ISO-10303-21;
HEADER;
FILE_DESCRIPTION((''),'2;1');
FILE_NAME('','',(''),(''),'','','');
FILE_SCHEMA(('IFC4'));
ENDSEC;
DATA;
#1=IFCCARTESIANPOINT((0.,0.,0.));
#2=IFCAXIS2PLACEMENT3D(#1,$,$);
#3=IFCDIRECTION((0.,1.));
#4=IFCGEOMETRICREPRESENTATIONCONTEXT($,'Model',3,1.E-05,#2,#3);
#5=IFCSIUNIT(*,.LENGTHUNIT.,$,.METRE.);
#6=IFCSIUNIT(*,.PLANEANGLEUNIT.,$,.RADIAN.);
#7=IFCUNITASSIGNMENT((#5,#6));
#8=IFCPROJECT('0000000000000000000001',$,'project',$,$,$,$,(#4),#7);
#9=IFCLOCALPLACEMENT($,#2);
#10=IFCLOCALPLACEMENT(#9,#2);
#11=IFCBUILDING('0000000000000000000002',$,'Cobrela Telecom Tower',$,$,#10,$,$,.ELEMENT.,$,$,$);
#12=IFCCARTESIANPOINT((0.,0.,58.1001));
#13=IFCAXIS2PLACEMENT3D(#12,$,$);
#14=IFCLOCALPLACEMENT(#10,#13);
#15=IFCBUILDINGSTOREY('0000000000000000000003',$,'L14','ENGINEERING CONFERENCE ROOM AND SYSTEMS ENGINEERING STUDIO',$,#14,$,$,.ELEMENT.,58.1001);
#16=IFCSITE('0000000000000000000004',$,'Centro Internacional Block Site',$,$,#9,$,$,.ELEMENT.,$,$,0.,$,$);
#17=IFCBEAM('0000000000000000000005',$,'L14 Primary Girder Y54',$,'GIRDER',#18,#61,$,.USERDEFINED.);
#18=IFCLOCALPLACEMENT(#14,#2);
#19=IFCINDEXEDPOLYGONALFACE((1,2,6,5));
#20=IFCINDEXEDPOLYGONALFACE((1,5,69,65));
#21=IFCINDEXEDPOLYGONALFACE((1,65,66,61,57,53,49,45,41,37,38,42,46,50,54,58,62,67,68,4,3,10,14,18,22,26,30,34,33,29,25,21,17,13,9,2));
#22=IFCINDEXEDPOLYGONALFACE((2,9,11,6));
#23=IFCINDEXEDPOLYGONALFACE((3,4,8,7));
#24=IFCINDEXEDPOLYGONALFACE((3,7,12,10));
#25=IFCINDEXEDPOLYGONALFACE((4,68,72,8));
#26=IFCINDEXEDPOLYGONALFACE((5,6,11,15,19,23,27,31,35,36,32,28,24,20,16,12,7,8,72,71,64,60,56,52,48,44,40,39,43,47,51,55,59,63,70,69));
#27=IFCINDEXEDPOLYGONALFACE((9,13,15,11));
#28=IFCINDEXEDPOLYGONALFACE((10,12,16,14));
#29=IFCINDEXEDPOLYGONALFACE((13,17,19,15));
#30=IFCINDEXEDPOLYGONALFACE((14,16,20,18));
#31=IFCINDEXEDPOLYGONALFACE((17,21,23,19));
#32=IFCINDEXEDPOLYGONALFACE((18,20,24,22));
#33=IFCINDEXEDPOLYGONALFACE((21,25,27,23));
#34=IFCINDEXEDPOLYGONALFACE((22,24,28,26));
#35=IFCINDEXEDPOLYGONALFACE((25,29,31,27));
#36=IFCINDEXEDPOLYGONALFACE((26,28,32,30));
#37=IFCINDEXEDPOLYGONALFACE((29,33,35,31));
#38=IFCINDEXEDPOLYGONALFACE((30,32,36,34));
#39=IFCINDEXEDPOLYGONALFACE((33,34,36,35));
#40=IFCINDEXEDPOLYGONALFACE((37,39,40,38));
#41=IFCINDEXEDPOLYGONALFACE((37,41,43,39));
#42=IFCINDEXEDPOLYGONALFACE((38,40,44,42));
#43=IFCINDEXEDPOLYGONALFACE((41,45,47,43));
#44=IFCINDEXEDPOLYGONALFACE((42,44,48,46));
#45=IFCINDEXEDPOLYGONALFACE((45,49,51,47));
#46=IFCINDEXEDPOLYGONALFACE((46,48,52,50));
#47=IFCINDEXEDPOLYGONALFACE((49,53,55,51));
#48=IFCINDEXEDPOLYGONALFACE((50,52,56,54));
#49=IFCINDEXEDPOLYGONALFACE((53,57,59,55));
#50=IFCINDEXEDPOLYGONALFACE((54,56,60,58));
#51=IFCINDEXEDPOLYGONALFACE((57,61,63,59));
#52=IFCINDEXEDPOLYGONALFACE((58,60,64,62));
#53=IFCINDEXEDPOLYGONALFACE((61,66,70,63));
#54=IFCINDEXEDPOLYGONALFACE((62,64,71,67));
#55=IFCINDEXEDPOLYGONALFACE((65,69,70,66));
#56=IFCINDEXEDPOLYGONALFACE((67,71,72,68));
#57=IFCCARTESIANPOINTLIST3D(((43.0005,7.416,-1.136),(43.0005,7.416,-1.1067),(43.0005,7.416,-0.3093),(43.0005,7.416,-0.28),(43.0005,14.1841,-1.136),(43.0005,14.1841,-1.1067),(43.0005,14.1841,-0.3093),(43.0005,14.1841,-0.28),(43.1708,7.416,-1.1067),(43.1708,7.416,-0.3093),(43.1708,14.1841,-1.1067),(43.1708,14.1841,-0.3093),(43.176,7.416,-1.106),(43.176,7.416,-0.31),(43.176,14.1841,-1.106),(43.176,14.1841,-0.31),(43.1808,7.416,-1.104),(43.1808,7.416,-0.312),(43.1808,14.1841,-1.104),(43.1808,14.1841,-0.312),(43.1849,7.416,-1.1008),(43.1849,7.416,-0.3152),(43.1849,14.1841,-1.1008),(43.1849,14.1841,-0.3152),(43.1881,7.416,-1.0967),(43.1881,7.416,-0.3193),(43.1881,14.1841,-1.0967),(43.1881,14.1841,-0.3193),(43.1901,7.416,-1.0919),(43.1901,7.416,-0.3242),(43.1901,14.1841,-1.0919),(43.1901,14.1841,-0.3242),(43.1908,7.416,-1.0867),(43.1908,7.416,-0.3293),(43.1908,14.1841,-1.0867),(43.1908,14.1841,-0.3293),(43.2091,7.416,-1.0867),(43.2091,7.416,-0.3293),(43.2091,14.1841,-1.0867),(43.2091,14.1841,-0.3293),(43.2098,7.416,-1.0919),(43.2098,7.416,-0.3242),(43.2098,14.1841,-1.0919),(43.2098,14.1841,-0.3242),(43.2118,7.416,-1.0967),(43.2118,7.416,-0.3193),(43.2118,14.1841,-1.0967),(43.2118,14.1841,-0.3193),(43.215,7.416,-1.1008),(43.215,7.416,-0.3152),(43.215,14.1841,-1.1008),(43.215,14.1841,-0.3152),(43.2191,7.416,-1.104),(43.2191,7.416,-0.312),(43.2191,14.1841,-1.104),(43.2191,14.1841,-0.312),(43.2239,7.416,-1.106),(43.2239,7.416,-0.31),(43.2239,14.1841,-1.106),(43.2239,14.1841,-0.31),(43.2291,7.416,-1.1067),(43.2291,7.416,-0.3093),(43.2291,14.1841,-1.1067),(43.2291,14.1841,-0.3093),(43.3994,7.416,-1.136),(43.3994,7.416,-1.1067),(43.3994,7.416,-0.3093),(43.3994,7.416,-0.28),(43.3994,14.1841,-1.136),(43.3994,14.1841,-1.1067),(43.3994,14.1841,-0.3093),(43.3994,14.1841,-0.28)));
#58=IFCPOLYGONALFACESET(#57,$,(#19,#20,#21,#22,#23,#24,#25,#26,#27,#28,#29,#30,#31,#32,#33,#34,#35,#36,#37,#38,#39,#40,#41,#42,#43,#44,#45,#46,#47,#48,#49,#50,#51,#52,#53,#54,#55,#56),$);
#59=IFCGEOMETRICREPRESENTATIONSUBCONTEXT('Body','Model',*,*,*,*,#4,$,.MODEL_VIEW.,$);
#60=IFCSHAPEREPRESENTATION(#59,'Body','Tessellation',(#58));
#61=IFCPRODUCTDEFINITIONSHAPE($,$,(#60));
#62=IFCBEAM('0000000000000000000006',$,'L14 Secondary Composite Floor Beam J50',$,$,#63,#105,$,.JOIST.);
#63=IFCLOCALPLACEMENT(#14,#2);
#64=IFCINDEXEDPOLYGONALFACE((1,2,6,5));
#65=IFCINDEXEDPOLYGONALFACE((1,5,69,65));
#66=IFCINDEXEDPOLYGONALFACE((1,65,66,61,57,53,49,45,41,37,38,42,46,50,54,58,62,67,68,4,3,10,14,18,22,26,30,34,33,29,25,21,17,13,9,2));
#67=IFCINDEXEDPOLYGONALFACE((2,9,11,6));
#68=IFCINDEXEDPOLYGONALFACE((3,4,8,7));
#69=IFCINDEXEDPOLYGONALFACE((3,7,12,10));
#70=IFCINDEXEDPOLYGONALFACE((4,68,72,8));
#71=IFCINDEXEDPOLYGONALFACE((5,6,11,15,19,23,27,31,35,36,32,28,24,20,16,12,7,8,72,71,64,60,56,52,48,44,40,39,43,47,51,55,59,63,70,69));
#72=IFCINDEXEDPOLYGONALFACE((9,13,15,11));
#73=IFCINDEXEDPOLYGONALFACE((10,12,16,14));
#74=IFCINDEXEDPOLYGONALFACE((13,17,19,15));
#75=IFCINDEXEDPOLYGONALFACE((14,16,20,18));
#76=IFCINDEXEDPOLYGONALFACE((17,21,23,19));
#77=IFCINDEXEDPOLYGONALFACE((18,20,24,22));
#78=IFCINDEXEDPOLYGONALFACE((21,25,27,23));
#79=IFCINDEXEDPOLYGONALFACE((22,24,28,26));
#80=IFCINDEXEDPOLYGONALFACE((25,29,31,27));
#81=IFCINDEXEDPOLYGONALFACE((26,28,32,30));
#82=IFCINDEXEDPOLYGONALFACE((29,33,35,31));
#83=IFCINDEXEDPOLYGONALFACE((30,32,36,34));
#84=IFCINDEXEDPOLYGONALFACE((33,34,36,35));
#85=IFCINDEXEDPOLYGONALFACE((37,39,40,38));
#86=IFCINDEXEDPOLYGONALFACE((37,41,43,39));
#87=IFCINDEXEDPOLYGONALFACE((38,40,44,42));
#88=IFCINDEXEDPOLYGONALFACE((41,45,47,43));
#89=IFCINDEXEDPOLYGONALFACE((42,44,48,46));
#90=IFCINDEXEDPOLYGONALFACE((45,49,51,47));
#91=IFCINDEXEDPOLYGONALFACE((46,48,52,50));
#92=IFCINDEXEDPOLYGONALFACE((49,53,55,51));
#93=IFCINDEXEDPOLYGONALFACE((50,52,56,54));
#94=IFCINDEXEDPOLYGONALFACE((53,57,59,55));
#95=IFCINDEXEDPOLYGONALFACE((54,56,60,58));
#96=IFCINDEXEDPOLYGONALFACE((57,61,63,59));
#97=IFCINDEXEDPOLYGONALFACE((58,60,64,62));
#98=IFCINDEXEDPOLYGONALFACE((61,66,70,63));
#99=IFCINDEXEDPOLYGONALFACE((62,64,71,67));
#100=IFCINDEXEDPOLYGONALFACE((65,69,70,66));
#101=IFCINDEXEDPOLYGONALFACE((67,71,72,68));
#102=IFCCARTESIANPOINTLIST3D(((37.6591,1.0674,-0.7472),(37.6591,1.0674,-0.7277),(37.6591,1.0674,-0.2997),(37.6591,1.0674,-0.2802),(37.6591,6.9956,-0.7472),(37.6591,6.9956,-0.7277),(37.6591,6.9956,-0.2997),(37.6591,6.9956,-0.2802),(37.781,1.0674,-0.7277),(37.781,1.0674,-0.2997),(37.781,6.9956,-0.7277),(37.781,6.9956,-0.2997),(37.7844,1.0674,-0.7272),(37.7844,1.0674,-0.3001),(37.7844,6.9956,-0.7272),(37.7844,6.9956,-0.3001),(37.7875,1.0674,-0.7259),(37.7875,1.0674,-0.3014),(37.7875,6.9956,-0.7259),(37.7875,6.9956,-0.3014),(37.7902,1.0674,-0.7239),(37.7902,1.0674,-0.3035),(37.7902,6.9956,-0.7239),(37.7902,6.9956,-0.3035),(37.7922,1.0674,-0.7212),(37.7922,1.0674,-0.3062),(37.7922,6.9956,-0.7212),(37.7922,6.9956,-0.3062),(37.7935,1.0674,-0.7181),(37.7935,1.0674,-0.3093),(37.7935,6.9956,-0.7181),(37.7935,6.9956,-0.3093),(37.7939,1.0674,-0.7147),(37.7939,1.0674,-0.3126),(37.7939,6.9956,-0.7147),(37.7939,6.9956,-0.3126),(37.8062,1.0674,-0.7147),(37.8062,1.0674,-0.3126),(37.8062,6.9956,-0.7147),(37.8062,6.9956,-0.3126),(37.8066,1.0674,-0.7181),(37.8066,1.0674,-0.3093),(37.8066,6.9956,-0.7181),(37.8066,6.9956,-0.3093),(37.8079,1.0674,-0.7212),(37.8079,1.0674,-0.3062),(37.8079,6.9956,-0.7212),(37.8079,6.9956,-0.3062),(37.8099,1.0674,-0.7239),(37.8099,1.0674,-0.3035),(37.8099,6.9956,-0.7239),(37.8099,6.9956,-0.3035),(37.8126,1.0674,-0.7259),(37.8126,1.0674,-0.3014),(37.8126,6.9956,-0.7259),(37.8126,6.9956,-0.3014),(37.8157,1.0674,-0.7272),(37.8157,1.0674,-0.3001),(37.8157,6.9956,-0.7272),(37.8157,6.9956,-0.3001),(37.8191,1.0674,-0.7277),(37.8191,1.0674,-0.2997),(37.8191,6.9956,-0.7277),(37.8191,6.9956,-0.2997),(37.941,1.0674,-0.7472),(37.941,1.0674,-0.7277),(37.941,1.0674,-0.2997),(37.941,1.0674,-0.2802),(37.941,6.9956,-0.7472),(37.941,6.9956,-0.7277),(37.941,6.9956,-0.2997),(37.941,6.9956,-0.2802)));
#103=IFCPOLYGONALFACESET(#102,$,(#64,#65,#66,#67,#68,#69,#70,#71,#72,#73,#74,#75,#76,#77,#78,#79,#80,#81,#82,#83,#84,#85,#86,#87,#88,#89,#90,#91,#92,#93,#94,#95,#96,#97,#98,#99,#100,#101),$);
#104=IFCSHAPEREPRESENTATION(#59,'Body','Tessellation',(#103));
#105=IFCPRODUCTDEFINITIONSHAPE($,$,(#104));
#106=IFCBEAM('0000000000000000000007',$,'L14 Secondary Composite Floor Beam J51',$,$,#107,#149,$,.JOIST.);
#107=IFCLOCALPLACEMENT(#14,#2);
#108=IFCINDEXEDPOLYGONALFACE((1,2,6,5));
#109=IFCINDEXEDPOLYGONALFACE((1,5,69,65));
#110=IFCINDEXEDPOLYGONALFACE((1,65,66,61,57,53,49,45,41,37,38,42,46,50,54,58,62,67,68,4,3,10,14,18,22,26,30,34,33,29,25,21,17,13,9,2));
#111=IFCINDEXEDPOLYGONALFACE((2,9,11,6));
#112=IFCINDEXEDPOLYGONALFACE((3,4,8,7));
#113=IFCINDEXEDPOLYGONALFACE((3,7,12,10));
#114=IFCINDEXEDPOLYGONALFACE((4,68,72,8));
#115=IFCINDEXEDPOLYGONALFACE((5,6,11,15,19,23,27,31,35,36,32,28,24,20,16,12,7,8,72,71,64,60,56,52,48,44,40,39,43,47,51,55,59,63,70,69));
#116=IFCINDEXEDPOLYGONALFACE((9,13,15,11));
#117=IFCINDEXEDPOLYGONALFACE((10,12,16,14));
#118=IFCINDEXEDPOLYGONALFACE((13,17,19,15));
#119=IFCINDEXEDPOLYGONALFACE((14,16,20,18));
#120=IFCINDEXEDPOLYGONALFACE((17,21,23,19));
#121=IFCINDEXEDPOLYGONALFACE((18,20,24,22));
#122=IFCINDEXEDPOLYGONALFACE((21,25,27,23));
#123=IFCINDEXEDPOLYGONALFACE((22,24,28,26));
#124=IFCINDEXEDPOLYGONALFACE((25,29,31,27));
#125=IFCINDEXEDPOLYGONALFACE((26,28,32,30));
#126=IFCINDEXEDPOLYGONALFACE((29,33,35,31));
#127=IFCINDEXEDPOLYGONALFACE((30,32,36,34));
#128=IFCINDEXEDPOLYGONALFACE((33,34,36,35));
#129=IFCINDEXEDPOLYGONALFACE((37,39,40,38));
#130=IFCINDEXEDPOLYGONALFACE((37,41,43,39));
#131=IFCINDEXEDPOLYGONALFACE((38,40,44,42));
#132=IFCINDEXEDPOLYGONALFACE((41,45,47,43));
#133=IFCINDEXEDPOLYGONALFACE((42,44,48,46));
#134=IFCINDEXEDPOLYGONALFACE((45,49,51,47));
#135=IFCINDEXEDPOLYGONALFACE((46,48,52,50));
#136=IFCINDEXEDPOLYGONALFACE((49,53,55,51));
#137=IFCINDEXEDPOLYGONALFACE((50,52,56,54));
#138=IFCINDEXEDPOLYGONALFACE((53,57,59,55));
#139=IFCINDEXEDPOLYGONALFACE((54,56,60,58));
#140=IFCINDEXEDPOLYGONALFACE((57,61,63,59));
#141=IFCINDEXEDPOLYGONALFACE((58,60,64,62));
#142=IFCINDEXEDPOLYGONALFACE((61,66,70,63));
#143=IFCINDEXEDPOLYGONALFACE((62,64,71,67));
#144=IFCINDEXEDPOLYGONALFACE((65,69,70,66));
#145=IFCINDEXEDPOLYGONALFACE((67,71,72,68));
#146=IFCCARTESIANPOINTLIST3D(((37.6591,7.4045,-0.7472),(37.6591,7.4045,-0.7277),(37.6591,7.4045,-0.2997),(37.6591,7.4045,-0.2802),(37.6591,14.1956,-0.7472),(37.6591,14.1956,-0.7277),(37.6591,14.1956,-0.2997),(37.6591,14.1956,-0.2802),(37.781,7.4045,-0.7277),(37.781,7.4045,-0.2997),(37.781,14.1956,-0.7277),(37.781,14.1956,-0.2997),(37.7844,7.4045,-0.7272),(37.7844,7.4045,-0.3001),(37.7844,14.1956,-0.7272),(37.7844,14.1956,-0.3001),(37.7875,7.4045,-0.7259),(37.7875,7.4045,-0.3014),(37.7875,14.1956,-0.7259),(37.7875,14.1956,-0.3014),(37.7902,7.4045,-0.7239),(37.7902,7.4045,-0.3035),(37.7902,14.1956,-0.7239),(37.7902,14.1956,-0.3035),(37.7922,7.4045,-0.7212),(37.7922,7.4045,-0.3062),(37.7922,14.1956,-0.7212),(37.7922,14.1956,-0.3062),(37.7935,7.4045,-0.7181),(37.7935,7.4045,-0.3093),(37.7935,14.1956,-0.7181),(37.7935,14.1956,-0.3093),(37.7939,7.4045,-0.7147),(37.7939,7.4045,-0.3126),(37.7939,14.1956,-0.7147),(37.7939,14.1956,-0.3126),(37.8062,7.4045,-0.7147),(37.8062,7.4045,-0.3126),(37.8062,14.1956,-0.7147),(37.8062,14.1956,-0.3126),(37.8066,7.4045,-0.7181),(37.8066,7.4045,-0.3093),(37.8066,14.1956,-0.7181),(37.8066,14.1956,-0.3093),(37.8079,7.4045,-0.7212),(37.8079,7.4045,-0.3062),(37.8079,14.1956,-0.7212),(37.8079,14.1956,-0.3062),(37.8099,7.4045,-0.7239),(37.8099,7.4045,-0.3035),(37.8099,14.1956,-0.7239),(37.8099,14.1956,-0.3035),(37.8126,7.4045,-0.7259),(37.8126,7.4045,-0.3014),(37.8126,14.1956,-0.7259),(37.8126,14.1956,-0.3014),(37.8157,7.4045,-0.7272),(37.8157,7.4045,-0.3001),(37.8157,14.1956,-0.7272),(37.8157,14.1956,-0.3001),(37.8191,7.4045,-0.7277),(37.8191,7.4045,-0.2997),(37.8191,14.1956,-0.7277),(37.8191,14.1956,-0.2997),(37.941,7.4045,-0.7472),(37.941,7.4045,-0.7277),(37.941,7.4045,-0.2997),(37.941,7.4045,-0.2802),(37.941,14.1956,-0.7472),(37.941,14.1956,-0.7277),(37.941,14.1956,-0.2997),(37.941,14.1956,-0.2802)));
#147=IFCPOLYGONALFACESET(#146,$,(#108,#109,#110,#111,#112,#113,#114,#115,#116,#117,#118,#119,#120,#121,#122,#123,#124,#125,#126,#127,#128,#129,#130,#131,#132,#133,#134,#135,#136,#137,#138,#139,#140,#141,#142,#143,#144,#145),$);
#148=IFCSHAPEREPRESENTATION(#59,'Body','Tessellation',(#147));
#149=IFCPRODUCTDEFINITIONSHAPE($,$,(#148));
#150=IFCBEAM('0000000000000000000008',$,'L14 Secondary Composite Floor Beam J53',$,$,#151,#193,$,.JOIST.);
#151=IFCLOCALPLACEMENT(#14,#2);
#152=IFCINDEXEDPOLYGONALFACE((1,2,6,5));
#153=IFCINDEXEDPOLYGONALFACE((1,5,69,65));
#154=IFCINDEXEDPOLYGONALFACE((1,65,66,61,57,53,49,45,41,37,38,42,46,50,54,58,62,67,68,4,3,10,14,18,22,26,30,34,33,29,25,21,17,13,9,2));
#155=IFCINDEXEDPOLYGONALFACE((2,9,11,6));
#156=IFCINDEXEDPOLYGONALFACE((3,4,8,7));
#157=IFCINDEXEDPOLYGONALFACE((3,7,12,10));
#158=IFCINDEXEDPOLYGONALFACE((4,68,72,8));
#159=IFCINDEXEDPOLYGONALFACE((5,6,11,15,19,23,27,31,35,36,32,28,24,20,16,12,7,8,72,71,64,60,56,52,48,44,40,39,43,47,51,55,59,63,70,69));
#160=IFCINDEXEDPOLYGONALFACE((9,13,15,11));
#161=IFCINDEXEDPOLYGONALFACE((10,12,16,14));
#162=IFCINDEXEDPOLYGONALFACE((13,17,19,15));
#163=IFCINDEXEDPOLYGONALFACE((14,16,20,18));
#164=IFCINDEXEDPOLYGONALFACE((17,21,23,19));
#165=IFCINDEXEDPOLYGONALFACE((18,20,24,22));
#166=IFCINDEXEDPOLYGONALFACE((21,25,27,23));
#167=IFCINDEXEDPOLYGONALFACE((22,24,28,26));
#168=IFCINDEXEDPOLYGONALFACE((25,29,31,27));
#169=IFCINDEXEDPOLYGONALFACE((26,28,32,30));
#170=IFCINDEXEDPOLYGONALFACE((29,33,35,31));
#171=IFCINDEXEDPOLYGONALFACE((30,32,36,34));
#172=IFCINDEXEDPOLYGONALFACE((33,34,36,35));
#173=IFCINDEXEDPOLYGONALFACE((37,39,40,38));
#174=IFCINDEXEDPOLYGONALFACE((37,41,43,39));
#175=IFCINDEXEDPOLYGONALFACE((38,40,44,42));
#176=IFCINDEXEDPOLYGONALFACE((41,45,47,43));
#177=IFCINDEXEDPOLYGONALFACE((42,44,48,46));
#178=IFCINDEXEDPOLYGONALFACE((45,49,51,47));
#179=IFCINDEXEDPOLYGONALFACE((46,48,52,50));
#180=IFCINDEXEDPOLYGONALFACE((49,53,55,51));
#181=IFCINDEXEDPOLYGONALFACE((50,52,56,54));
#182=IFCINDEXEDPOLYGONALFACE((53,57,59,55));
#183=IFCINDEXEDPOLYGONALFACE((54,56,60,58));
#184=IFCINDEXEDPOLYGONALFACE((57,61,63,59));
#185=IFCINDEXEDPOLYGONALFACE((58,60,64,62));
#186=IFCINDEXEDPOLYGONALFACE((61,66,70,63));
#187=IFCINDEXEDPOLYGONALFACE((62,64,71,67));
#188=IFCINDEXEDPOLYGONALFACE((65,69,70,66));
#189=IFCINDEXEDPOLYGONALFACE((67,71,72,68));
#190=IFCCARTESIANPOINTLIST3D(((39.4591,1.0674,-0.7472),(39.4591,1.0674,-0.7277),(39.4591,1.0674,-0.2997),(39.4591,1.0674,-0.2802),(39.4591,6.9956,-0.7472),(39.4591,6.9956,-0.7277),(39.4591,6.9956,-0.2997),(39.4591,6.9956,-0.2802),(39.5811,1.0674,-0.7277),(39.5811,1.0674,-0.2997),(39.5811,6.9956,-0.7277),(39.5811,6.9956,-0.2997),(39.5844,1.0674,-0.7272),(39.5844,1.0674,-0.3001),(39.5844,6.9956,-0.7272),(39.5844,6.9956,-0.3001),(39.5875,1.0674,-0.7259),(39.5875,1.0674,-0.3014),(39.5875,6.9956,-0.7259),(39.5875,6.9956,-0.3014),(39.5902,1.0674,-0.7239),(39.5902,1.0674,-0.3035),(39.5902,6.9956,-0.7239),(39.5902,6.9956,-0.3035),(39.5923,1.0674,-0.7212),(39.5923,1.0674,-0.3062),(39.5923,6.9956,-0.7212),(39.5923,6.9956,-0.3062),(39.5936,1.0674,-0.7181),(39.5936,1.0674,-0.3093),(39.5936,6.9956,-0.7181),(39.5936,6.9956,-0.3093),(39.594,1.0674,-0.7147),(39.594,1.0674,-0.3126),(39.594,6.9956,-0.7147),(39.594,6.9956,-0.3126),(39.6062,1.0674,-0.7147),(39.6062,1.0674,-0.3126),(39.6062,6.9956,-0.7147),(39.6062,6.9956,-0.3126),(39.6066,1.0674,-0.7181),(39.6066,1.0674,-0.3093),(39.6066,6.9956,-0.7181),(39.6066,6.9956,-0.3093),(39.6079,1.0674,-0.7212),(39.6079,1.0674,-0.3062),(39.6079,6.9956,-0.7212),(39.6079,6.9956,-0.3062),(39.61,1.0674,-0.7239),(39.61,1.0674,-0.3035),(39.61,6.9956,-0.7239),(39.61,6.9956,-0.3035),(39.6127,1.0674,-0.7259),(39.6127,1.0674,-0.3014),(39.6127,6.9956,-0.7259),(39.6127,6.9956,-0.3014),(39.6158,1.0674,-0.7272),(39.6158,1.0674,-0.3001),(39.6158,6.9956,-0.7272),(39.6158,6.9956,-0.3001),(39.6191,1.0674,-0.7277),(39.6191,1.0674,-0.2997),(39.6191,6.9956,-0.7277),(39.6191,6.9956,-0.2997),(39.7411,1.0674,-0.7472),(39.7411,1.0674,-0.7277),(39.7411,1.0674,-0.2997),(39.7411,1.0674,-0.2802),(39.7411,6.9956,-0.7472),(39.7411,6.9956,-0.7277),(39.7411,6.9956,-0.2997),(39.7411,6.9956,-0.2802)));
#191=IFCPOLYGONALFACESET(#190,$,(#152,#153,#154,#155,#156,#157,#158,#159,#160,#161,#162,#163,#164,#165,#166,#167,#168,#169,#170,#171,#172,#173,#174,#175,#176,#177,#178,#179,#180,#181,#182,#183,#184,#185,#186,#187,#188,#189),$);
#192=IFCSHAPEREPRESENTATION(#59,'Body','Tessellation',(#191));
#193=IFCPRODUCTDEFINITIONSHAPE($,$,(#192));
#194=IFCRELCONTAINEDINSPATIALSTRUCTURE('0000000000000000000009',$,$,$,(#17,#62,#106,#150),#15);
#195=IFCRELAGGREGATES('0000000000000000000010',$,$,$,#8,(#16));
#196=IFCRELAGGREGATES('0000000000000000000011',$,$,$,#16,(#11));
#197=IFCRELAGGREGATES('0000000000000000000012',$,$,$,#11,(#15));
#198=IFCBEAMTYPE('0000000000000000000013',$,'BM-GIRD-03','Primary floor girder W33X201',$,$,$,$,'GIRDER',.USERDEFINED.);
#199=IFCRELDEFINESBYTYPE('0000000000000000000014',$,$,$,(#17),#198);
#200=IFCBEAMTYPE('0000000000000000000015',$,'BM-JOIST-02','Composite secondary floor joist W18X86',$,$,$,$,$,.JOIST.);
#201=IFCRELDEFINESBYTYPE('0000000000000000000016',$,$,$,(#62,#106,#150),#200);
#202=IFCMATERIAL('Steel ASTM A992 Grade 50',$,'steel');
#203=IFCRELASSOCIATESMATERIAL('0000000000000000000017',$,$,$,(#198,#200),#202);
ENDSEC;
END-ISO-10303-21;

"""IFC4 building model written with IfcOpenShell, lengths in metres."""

from ifc_helpers import new_model, si_unit, direction, frame, origin, origin_2d, place, context, subcontext, project, spatial, i_section, extrude, material, material_profile, profile_set, type_object, element, save


model = new_model("IFC4")

# Units and contexts
model_context = context("Model", 3, precision=1e-05, world=origin(), true_north=direction((0.0, 1.0)))
body_context = subcontext(model_context, "Body", "Model", "MODEL_VIEW")
ifc_project = project(units=[si_unit("LENGTHUNIT", "METRE"), si_unit("PLANEANGLEUNIT", "RADIAN")], contexts=[model_context])

# Site, building, storey
site_placement = place(None, origin())
site = spatial("IfcSite", under=ifc_project, at=site_placement, Name="Centro Internacional Block Site", CompositionType="ELEMENT", RefElevation=0.0)
building_placement = place(site_placement, origin())
building = spatial("IfcBuilding", under=site, at=building_placement, Name="Cobrela Telecom Tower", CompositionType="ELEMENT")
storey_placement = place(building_placement, frame((0.0, 0.0, 58.1001)))
storey = spatial("IfcBuildingStorey", under=building, at=storey_placement, Name="L14", Description="ENGINEERING CONFERENCE ROOM AND SYSTEMS ENGINEERING STUDIO", CompositionType="ELEMENT", Elevation=58.1001)

# Shared definitions
ifc_material_1 = material(Name="Steel ASTM A992 Grade 50", Category="steel")

# Beams
ifc_material_profile_1 = material_profile(ifc_material_1, i_section(OverallWidth=0.3989, OverallDepth=0.856, WebThickness=0.0183, FlangeThickness=0.0293, FilletRadius=0.02, at=origin_2d()), Name="W33X201")
ifc_profile_set_1 = profile_set([ifc_material_profile_1], Name="Steel ASTM A992 Grade 50")
beam_type_1 = type_object("IfcBeamType", Name="BM-GIRD-03", Description="Primary floor girder W33X201", ElementType="GIRDER", PredefinedType="USERDEFINED", material=ifc_profile_set_1)
beam_1_placement = place(storey_placement, frame((43.2, 7.416, -0.708), z_axis=(0.0, 1.0, 0.0), x_axis=(-1.0, 0.0, 0.0)))
element("IfcBeam", 1, at=beam_1_placement, inside=storey, type_object=beam_type_1, Name="L14 Primary Girder Y54", ObjectType="GIRDER", PredefinedType="USERDEFINED", context=body_context, shape_type="SweptSolid", body=[
    extrude(i_section(OverallWidth=0.3989, OverallDepth=0.856, WebThickness=0.0183, FlangeThickness=0.0293, FilletRadius=0.02, at=origin_2d()), origin(), (0.0, 0.0, 1.0), 6.7681),
])
ifc_material_profile_2 = material_profile(ifc_material_1, i_section(OverallWidth=0.282, OverallDepth=0.467, WebThickness=0.0122, FlangeThickness=0.0195, FilletRadius=0.0129, at=origin_2d()), Name="W18X86")
ifc_profile_set_2 = profile_set([ifc_material_profile_2], Name="Steel ASTM A992 Grade 50")
beam_type_2 = type_object("IfcBeamType", Name="BM-JOIST-02", Description="Composite secondary floor joist W18X86", PredefinedType="JOIST", material=ifc_profile_set_2)
beam_2_placement = place(storey_placement, frame((37.8, 1.0674, -0.5137), z_axis=(0.0, 1.0, 0.0), x_axis=(-1.0, 0.0, 0.0)))
element("IfcBeam", 2, at=beam_2_placement, inside=storey, type_object=beam_type_2, Name="L14 Secondary Composite Floor Beam J50", PredefinedType="JOIST", context=body_context, shape_type="SweptSolid", body=[
    extrude(i_section(OverallWidth=0.282, OverallDepth=0.467, WebThickness=0.0122, FlangeThickness=0.0195, FilletRadius=0.0129, at=origin_2d()), origin(), (0.0, 0.0, 1.0), 5.9282),
])
beam_3_placement = place(storey_placement, frame((37.8, 7.4045, -0.5137), z_axis=(0.0, 1.0, 0.0), x_axis=(-1.0, 0.0, 0.0)))
element("IfcBeam", 3, at=beam_3_placement, inside=storey, type_object=beam_type_2, Name="L14 Secondary Composite Floor Beam J51", PredefinedType="JOIST", context=body_context, shape_type="SweptSolid", body=[
    extrude(i_section(OverallWidth=0.282, OverallDepth=0.467, WebThickness=0.0122, FlangeThickness=0.0195, FilletRadius=0.0129, at=origin_2d()), origin(), (0.0, 0.0, 1.0), 6.791),
])
beam_4_placement = place(storey_placement, frame((39.6001, 1.0674, -0.5137), z_axis=(0.0, 1.0, 0.0), x_axis=(-1.0, 0.0, 0.0)))
element("IfcBeam", 4, at=beam_4_placement, inside=storey, type_object=beam_type_2, Name="L14 Secondary Composite Floor Beam J53", PredefinedType="JOIST", context=body_context, shape_type="SweptSolid", body=[
    extrude(i_section(OverallWidth=0.282, OverallDepth=0.467, WebThickness=0.0122, FlangeThickness=0.0195, FilletRadius=0.0129, at=origin_2d()), origin(), (0.0, 0.0, 1.0), 5.9282),
])

save(model, "model.ifc")
